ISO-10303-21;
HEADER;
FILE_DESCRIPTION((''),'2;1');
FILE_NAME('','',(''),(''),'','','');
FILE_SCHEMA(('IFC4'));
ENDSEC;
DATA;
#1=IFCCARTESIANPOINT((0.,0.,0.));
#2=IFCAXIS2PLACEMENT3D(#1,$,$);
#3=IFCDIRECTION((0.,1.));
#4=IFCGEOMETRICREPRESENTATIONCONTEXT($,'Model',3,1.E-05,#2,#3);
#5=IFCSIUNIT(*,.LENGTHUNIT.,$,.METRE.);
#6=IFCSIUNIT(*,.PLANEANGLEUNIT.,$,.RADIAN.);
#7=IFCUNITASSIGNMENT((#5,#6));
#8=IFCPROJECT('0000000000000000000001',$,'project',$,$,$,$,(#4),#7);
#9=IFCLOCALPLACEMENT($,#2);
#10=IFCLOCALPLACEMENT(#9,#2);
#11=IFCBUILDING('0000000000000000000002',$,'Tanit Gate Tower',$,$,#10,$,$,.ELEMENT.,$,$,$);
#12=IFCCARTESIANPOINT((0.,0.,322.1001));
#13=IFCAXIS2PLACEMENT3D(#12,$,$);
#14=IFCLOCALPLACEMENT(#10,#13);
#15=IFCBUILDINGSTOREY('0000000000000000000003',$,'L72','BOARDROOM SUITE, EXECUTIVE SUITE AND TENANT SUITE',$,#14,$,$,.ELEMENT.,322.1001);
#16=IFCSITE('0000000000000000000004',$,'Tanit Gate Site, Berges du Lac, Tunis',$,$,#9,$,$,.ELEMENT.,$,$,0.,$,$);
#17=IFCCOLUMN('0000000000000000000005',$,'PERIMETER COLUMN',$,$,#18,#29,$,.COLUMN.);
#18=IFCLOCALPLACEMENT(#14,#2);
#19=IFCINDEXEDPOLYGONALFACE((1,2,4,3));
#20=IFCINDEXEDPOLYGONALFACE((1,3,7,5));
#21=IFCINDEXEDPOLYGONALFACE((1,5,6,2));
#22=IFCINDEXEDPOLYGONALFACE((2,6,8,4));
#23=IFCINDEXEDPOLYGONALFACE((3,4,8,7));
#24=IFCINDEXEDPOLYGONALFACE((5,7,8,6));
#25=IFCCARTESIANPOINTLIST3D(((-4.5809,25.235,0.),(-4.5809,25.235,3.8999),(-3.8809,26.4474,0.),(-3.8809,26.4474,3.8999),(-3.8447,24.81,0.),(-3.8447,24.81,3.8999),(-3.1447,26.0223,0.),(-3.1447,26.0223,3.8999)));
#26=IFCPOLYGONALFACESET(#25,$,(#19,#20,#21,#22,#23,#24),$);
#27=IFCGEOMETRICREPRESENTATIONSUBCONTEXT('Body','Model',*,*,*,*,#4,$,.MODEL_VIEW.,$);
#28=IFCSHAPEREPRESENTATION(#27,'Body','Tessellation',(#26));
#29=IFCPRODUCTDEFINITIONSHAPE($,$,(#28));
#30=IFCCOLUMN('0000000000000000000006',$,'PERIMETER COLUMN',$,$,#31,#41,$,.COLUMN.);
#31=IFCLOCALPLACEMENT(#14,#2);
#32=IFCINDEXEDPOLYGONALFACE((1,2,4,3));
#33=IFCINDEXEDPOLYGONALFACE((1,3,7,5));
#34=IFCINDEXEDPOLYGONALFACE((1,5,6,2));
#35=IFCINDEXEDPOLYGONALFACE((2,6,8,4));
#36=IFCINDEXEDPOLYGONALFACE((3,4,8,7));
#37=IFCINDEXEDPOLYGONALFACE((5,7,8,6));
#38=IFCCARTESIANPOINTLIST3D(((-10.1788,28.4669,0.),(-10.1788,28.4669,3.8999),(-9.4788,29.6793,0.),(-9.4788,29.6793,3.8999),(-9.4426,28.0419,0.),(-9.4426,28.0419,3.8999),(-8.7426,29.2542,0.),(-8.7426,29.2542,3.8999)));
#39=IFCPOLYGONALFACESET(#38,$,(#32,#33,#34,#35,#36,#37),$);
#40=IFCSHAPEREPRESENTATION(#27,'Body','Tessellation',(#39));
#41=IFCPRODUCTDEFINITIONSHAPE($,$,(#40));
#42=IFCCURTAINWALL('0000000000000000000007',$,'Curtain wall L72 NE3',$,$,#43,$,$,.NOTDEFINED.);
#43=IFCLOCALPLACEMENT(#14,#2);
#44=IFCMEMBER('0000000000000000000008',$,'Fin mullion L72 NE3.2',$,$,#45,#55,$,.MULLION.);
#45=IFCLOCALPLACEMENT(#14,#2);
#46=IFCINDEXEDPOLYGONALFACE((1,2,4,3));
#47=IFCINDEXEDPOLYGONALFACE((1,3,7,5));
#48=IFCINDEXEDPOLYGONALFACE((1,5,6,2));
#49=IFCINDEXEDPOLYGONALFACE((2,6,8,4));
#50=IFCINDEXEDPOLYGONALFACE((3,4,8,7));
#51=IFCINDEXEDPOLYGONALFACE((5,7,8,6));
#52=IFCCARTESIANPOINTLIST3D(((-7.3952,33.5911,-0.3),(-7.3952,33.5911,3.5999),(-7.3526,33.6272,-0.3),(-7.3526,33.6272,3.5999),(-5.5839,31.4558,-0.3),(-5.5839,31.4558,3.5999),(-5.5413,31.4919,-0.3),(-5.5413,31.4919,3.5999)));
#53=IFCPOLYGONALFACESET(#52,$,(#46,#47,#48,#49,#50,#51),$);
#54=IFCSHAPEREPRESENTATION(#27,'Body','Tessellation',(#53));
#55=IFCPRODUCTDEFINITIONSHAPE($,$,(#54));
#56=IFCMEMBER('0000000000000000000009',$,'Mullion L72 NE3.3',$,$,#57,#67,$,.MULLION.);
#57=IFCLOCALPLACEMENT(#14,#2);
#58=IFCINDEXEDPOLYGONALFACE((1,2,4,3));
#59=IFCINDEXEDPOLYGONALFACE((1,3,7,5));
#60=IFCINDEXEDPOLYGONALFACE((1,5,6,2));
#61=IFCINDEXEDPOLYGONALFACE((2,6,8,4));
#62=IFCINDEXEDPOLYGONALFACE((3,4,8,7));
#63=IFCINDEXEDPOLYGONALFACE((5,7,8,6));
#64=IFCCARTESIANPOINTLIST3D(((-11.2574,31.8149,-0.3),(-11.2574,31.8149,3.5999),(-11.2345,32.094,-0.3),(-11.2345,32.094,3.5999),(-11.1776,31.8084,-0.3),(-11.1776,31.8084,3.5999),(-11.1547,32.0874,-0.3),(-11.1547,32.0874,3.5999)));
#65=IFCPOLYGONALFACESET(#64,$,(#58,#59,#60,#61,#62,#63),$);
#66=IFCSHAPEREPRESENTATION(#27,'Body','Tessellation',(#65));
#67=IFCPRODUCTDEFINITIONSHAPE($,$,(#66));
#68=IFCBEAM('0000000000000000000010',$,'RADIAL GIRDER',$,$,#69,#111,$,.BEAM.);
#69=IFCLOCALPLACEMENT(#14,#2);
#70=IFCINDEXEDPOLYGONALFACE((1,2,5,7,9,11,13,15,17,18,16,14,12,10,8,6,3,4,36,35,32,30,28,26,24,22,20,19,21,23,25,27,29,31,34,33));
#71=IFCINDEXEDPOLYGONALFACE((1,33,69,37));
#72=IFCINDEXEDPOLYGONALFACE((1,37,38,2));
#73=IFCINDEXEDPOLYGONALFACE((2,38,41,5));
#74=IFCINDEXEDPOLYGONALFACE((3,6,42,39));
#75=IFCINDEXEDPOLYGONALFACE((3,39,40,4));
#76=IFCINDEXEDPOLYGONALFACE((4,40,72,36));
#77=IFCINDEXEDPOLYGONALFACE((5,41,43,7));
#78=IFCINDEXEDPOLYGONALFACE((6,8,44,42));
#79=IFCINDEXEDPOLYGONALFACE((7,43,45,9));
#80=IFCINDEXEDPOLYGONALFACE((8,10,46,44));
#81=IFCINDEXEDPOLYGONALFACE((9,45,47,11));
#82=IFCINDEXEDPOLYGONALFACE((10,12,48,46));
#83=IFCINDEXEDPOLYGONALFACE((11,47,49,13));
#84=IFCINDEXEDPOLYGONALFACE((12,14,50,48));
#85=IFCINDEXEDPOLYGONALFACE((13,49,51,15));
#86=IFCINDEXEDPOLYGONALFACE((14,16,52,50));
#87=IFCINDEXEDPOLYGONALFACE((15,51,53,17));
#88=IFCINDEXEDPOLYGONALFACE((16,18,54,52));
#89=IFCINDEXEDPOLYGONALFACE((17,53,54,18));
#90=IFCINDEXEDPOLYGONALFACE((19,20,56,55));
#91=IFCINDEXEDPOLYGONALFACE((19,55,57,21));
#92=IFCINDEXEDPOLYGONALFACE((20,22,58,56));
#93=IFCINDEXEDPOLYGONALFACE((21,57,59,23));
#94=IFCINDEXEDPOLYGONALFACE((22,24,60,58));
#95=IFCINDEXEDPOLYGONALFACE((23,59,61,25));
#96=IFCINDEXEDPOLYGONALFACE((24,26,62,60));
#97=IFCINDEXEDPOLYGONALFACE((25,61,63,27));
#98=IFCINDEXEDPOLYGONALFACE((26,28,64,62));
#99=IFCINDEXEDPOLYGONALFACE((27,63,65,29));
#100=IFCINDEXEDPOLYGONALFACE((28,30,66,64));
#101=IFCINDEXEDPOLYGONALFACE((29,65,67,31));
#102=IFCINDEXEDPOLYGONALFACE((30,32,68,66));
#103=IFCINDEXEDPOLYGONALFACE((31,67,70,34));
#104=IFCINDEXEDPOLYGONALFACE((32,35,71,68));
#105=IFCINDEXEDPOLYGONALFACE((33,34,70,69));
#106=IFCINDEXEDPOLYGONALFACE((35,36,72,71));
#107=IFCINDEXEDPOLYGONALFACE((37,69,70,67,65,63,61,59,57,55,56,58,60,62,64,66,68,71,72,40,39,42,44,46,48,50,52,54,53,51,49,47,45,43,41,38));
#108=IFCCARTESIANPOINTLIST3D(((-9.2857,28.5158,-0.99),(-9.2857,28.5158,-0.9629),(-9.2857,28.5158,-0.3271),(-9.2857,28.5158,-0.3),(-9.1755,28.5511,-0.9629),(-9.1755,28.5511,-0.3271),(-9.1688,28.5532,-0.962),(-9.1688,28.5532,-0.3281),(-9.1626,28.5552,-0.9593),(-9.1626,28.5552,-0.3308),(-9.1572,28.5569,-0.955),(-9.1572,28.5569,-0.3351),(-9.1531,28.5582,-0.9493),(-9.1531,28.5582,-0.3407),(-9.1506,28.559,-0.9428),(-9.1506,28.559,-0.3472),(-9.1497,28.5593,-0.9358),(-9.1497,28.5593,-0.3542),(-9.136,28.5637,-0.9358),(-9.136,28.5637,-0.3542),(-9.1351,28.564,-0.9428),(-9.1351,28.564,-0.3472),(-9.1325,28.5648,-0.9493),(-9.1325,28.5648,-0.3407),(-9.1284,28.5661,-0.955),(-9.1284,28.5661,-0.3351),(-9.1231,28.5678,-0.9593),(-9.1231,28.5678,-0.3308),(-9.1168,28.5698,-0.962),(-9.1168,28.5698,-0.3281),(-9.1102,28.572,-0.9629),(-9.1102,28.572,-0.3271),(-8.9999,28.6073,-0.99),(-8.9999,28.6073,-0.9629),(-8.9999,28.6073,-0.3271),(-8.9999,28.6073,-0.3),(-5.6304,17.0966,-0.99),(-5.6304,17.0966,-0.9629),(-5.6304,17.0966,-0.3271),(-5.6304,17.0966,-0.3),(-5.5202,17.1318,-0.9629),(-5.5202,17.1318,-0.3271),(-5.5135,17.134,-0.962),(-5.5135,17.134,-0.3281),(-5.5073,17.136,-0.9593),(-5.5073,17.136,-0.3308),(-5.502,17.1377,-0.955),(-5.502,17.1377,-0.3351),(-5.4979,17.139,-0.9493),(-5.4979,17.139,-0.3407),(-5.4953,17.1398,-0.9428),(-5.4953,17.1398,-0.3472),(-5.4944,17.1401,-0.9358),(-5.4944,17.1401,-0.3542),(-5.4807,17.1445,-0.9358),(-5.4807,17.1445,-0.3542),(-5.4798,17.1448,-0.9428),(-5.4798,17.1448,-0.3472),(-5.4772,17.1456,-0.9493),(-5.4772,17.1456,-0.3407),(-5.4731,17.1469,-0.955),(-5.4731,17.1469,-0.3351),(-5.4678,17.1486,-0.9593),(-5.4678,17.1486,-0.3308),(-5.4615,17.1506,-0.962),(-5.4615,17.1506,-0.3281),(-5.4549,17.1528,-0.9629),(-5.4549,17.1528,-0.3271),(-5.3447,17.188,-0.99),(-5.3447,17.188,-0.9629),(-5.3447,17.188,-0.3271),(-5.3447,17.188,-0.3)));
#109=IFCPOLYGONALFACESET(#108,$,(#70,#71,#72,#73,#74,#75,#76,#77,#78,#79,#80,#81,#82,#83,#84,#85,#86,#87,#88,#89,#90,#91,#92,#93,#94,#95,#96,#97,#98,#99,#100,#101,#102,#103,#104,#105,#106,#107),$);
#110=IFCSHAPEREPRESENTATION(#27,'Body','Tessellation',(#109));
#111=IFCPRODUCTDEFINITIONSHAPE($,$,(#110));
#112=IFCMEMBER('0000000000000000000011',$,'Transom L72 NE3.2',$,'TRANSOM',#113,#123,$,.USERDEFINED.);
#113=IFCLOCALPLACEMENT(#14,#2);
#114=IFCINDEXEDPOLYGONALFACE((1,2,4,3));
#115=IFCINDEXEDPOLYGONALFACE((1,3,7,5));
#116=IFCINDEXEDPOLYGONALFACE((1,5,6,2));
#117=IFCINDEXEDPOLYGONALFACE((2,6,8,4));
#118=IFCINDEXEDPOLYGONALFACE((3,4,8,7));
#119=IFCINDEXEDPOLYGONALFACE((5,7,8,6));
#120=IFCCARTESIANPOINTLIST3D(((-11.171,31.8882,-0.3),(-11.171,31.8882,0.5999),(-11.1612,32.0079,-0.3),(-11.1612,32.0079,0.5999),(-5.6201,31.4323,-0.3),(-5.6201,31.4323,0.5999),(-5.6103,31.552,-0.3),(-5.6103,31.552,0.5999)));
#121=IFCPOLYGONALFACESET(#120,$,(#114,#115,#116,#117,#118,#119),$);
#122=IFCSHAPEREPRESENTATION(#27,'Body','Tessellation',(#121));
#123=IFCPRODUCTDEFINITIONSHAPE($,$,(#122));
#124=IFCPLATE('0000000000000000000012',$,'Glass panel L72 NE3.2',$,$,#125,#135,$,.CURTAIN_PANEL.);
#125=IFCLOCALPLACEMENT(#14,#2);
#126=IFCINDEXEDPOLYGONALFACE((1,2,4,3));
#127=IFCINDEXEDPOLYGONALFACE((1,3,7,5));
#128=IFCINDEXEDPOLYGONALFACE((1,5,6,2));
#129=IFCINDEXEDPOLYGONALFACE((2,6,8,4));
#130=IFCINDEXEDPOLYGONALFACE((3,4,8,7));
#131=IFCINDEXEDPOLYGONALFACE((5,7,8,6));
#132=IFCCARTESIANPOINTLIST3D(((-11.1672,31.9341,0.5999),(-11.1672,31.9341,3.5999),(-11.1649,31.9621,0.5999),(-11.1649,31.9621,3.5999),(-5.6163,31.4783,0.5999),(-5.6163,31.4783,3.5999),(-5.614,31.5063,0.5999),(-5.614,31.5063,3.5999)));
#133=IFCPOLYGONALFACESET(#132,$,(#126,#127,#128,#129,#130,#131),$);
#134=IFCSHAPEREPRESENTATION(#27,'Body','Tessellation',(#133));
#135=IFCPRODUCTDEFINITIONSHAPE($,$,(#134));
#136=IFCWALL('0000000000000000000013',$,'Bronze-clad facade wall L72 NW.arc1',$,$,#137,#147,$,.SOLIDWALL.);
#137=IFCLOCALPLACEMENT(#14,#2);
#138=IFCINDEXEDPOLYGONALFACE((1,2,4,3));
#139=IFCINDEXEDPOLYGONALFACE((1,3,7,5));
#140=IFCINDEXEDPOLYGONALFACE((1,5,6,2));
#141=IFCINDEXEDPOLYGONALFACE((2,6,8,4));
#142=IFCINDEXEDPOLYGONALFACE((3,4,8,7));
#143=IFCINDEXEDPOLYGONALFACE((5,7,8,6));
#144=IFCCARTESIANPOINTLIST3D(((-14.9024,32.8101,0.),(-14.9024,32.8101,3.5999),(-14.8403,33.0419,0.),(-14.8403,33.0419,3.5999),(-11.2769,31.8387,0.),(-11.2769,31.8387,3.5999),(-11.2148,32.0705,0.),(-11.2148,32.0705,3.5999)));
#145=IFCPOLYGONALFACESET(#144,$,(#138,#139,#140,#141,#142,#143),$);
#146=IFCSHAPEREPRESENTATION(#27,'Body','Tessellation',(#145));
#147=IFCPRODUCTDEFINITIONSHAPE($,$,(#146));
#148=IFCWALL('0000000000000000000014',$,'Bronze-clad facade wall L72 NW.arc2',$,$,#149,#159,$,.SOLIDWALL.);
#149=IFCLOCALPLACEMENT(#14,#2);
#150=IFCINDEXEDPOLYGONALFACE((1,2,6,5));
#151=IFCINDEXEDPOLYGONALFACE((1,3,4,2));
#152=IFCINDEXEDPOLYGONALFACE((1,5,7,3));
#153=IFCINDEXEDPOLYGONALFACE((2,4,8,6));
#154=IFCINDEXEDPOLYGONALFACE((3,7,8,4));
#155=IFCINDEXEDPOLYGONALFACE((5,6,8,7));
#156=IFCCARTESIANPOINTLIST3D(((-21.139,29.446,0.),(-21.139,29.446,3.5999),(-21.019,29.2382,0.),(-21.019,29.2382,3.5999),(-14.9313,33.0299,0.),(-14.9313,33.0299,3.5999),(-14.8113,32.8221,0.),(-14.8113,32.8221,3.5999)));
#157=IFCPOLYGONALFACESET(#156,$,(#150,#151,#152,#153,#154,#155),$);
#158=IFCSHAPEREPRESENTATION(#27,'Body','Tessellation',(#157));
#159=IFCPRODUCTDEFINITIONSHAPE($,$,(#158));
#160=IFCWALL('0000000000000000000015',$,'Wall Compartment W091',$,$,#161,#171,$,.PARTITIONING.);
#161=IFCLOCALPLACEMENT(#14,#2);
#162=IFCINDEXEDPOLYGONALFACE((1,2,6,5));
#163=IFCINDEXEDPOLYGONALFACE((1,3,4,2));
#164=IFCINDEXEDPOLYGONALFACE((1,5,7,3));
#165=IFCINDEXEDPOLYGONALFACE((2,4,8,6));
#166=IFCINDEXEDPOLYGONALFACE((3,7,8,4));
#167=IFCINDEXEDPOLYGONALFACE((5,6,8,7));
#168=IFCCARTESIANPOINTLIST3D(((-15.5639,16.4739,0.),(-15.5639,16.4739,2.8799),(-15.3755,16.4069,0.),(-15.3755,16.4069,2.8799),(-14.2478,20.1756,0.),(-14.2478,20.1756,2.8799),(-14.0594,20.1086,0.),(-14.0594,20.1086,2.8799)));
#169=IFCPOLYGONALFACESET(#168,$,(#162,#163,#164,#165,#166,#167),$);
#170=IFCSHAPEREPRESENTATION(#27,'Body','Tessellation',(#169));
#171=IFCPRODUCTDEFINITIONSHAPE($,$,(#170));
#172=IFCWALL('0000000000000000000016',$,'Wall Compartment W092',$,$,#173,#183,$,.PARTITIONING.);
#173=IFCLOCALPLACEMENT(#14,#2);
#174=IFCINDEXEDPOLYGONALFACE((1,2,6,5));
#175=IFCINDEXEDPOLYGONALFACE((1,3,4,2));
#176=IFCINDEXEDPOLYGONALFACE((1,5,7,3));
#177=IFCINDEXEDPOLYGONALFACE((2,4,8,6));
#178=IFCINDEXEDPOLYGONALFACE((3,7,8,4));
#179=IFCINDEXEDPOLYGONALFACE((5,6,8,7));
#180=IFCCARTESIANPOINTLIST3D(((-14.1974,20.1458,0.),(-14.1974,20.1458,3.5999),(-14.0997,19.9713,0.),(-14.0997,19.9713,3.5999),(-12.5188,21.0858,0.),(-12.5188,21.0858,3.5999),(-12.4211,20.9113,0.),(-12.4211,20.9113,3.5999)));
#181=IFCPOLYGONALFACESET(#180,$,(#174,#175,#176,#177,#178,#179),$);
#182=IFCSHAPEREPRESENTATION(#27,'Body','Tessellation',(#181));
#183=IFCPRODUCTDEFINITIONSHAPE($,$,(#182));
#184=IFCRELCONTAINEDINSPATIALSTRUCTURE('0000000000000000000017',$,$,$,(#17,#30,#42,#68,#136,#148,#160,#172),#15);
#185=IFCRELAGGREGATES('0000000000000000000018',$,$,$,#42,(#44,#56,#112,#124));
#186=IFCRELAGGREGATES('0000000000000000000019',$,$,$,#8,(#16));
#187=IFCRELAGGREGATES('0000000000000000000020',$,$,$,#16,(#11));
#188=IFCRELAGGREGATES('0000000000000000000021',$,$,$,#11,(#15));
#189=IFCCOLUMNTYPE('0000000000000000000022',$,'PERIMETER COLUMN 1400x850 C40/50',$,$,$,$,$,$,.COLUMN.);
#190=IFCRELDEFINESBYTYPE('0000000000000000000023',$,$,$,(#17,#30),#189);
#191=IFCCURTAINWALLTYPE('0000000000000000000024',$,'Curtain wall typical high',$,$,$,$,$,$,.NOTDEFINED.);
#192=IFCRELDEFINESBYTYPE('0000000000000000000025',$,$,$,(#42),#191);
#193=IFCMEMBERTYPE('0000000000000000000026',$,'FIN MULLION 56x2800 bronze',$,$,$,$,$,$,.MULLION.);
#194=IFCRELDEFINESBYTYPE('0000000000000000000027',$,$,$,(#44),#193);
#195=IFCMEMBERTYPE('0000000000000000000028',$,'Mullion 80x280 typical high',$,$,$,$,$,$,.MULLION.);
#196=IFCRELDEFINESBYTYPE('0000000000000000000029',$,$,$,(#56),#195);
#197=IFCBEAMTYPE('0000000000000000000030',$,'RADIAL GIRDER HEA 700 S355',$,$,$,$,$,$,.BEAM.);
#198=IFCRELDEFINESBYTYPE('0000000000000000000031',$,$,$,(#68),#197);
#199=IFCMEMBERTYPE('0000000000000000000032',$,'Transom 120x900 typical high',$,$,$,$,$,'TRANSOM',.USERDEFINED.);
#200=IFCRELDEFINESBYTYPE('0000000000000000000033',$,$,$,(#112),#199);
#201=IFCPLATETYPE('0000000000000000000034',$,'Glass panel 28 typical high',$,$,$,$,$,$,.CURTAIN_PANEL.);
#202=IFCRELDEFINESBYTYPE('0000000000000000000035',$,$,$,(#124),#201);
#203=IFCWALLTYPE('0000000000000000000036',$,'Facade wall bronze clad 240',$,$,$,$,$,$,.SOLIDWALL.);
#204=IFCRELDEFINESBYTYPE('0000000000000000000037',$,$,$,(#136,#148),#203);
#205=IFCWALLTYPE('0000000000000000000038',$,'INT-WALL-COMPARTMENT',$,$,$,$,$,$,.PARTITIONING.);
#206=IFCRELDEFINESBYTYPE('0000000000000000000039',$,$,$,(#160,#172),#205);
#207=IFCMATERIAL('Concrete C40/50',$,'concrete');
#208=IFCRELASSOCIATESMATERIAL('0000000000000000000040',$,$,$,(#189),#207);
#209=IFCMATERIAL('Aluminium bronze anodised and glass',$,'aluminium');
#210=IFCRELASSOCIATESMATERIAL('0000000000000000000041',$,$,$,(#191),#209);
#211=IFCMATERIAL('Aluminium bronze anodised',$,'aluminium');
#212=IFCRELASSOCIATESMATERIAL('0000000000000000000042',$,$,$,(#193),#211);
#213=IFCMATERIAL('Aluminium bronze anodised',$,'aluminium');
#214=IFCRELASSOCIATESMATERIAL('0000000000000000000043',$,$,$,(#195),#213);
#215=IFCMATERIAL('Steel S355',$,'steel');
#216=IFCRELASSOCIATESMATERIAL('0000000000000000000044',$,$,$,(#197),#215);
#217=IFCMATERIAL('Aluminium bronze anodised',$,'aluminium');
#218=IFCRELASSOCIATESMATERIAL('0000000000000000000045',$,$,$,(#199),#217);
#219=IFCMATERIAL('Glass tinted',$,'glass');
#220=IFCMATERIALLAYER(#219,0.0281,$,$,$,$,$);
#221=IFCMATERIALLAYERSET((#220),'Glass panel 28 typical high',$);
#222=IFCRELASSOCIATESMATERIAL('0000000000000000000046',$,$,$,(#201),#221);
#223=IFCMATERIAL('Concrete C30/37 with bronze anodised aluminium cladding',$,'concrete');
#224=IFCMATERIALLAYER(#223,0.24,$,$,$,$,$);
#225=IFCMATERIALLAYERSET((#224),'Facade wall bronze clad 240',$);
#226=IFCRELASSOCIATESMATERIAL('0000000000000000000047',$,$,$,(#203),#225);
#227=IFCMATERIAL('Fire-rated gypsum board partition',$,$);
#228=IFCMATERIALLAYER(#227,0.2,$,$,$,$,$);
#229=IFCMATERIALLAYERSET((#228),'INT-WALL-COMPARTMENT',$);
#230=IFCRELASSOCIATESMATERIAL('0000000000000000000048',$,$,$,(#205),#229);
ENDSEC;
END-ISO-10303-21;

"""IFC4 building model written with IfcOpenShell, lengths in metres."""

from ifc_helpers import new_model, si_unit, direction, frame, frame_2d, origin, origin_2d, place, context, subcontext, project, spatial, rectangle, i_section, extrude, material, layer, layer_set, material_profile, profile_set, type_object, element, aggregate, save


model = new_model("IFC4")

# Units and contexts
model_context = context("Model", 3, precision=1e-05, world=origin(), true_north=direction((0.0, 1.0)))
body_context = subcontext(model_context, "Body", "Model", "MODEL_VIEW")
ifc_project = project(units=[si_unit("LENGTHUNIT", "METRE"), si_unit("PLANEANGLEUNIT", "RADIAN")], contexts=[model_context])

# Site, building, storey
site_placement = place(None, origin())
site = spatial("IfcSite", under=ifc_project, at=site_placement, Name="Tanit Gate Site, Berges du Lac, Tunis", CompositionType="ELEMENT", RefElevation=0.0)
building_placement = place(site_placement, origin())
building = spatial("IfcBuilding", under=site, at=building_placement, Name="Tanit Gate Tower", CompositionType="ELEMENT")
storey_placement = place(building_placement, frame((0.0, 0.0, 322.1001)))
storey = spatial("IfcBuildingStorey", under=building, at=storey_placement, Name="L72", Description="BOARDROOM SUITE, EXECUTIVE SUITE AND TENANT SUITE", CompositionType="ELEMENT", Elevation=322.1001)

# Columns
ifc_material_1 = material(Name="Concrete C40/50", Category="concrete")
ifc_material_profile_1 = material_profile(ifc_material_1, rectangle(XDim=1.3999, YDim=0.8501, at=origin_2d()), Name="RC 1400x850")
ifc_profile_set_1 = profile_set([ifc_material_profile_1], Name="Concrete C40/50")
column_type = type_object("IfcColumnType", Name="PERIMETER COLUMN 1400x850 C40/50", PredefinedType="COLUMN", material=ifc_profile_set_1)
for number, where, z_axis, x_axis, name in (
    (1, (-3.8628, 25.6287, 0.0), (0.0, 0.0, 1.0), (0.5, 0.866025, 0.0), "PERIMETER COLUMN"),
    (2, (-9.4607, 28.8606, 0.0), (0.0, 0.0, 1.0), (0.5, 0.866025, 0.0), "PERIMETER COLUMN"),
):
    element("IfcColumn", number, at=place(storey_placement, frame(where, z_axis=z_axis, x_axis=x_axis)), inside=storey, type_object=column_type, Name=name, PredefinedType="COLUMN", context=body_context, shape_type="SweptSolid", body=[
        extrude(rectangle(XDim=1.3999, YDim=0.8501, at=origin_2d()), origin(), (0.0, 0.0, 1.0), 3.8999),
    ])

# Curtain wall, members
ifc_material_2 = material(Name="Aluminium bronze anodised and glass", Category="aluminium")
curtain_wall_type = type_object("IfcCurtainWallType", Name="Curtain wall typical high", PredefinedType="NOTDEFINED", material=ifc_material_2)
curtain_wall_placement = place(storey_placement, origin())
curtain_wall = element("IfcCurtainWall", 3, at=curtain_wall_placement, inside=storey, type_object=curtain_wall_type, Name="Curtain wall L72 NE3", PredefinedType="NOTDEFINED")
ifc_material_3 = material(Name="Aluminium bronze anodised", Category="aluminium")
ifc_material_profile_2 = material_profile(ifc_material_3, rectangle(XDim=2.8, YDim=0.0559, at=origin_2d()), Name="56x2800 bronze fin mullion")
ifc_profile_set_2 = profile_set([ifc_material_profile_2], Name="Aluminium bronze anodised")
member_type_1 = type_object("IfcMemberType", Name="FIN MULLION 56x2800 bronze", PredefinedType="MULLION", material=ifc_profile_set_2)
member_1_placement = place(storey_placement, frame((-6.4683, 32.5415, -0.3), z_axis=(0.0, 0.0, 1.0), x_axis=(0.646873, -0.762598, 0.0)))
member_1 = element("IfcMember", 4, at=member_1_placement, type_object=member_type_1, Name="Fin mullion L72 NE3.2", PredefinedType="MULLION", context=body_context, shape_type="SweptSolid", body=[
    extrude(rectangle(XDim=2.8, YDim=0.0559, at=origin_2d()), origin(), (0.0, 0.0, 1.0), 3.8999),
])
ifc_material_4 = material(Name="Aluminium bronze anodised", Category="aluminium")
ifc_material_profile_3 = material_profile(ifc_material_4, rectangle(XDim=0.28, YDim=0.0801, at=origin_2d()), Name="80x280 bronze mullion")
ifc_profile_set_3 = profile_set([ifc_material_profile_3], Name="Aluminium bronze anodised")
member_type_2 = type_object("IfcMemberType", Name="Mullion 80x280 typical high", PredefinedType="MULLION", material=ifc_profile_set_3)
member_2_placement = place(storey_placement, frame((-11.2061, 31.9512, -0.3), z_axis=(0.0, 0.0, 1.0), x_axis=(-0.08183, -0.996646, 0.0)))
member_2 = element("IfcMember", 5, at=member_2_placement, type_object=member_type_2, Name="Mullion L72 NE3.3", PredefinedType="MULLION", context=body_context, shape_type="SweptSolid", body=[
    extrude(rectangle(XDim=0.28, YDim=0.0801, at=origin_2d()), origin(), (0.0, 0.0, 1.0), 3.8999),
])

# Beam
ifc_material_5 = material(Name="Steel S355", Category="steel")
ifc_material_profile_4 = material_profile(ifc_material_5, i_section(OverallWidth=0.3, OverallDepth=0.6899, WebThickness=0.0144, FlangeThickness=0.0271, FilletRadius=0.0271, at=origin_2d()), Name="HEA 700")
ifc_profile_set_4 = profile_set([ifc_material_profile_4], Name="Steel S355")
beam_type = type_object("IfcBeamType", Name="RADIAL GIRDER HEA 700 S355", PredefinedType="BEAM", material=ifc_profile_set_4)
beam_placement = place(storey_placement, frame((-9.1428, 28.5615, -0.645), z_axis=(0.304861, -0.952397, 0.0), x_axis=(0.952397, 0.304861, 0.0)))
element("IfcBeam", 6, at=beam_placement, inside=storey, type_object=beam_type, Name="RADIAL GIRDER", PredefinedType="BEAM", context=body_context, shape_type="SweptSolid", body=[
    extrude(i_section(OverallWidth=0.3, OverallDepth=0.6899, WebThickness=0.0144, FlangeThickness=0.0271, FilletRadius=0.0271, at=origin_2d()), origin(), (0.0, 0.0, 1.0), 11.99),
])

# Member
ifc_material_6 = material(Name="Aluminium bronze anodised", Category="aluminium")
ifc_material_profile_5 = material_profile(ifc_material_6, rectangle(XDim=0.1201, YDim=0.8999, at=origin_2d()), Name="120x900 bronze transom")
ifc_profile_set_5 = profile_set([ifc_material_profile_5], Name="Aluminium bronze anodised")
member_type_3 = type_object("IfcMemberType", Name="Transom 120x900 typical high", ElementType="TRANSOM", PredefinedType="USERDEFINED", material=ifc_profile_set_5)
member_3_placement = place(storey_placement, frame((-5.6152, 31.4922, 0.1499), z_axis=(-0.996645, 0.081841, 0.0), x_axis=(-0.081841, -0.996645, 0.0)))
member_3 = element("IfcMember", 7, at=member_3_placement, type_object=member_type_3, Name="Transom L72 NE3.2", ObjectType="TRANSOM", PredefinedType="USERDEFINED", context=body_context, shape_type="SweptSolid", body=[
    extrude(rectangle(XDim=0.1201, YDim=0.8999, at=origin_2d()), origin(), (0.0, 0.0, 1.0), 5.5696),
])

# Plate
ifc_material_7 = material(Name="Glass tinted", Category="glass")
ifc_layer_1 = layer(ifc_material_7, 0.0281)
ifc_layer_set_1 = layer_set([ifc_layer_1], Name="Glass panel 28 typical high")
plate_type = type_object("IfcPlateType", Name="Glass panel 28 typical high", PredefinedType="CURTAIN_PANEL", material=ifc_layer_set_1)
plate_placement = place(storey_placement, frame((-8.3906, 31.7202, 0.5999), z_axis=(0.0, 0.0, 1.0), x_axis=(-0.996646, 0.08183, 0.0)))
plate = element("IfcPlate", 8, at=plate_placement, type_object=plate_type, Name="Glass panel L72 NE3.2", PredefinedType="CURTAIN_PANEL", context=body_context, shape_type="SweptSolid", body=[
    extrude(rectangle(XDim=5.5696, YDim=0.0281, at=origin_2d()), origin(), (0.0, 0.0, 1.0), 3.0),
])
aggregate(curtain_wall, [member_1, member_2, member_3, plate])

# Walls
ifc_material_8 = material(Name="Concrete C30/37 with bronze anodised aluminium cladding", Category="concrete")
ifc_layer_2 = layer(ifc_material_8, 0.24)
ifc_layer_set_2 = layer_set([ifc_layer_2], Name="Facade wall bronze clad 240")
wall_type_1 = type_object("IfcWallType", Name="Facade wall bronze clad 240", PredefinedType="SOLIDWALL", material=ifc_layer_set_2)
wall_1_placement = place(storey_placement, frame((-11.2458, 31.9546, 0.0), z_axis=(0.0, 0.0, 1.0), x_axis=(-0.965927, 0.258816, 0.0)))
element("IfcWall", 9, at=wall_1_placement, inside=storey, type_object=wall_type_1, Name="Bronze-clad facade wall L72 NW.arc1", PredefinedType="SOLIDWALL", context=body_context, shape_type="SweptSolid", body=[
    extrude(rectangle(XDim=3.7534, YDim=0.24, at=frame_2d((1.8767, 0.0))), origin(), (0.0, 0.0, 1.0), 3.5999),
])
wall_2_placement = place(storey_placement, frame((-14.8713, 32.926, 0.0), z_axis=(0.0, 0.0, 1.0), x_axis=(-0.86603, -0.499993, 0.0)))
element("IfcWall", 10, at=wall_2_placement, inside=storey, type_object=wall_type_1, Name="Bronze-clad facade wall L72 NW.arc2", PredefinedType="SOLIDWALL", context=body_context, shape_type="SweptSolid", body=[
    extrude(rectangle(XDim=7.168, YDim=0.24, at=frame_2d((3.584, 0.0))), origin(), (0.0, 0.0, 1.0), 3.5999),
])
ifc_material_9 = material(Name="Fire-rated gypsum board partition")
ifc_layer_3 = layer(ifc_material_9, 0.2)
ifc_layer_set_3 = layer_set([ifc_layer_3], Name="INT-WALL-COMPARTMENT")
wall_type_2 = type_object("IfcWallType", Name="INT-WALL-COMPARTMENT", PredefinedType="PARTITIONING", material=ifc_layer_set_3)
wall_3_placement = place(storey_placement, frame((-14.1536, 20.1421, 0.0), z_axis=(0.0, 0.0, 1.0), x_axis=(-0.335013, -0.942213, 0.0)))
element("IfcWall", 11, at=wall_3_placement, inside=storey, type_object=wall_type_2, Name="Wall Compartment W091", PredefinedType="PARTITIONING", context=body_context, shape_type="SweptSolid", body=[
    extrude(rectangle(XDim=3.9287, YDim=0.2, at=frame_2d((1.9644, 0.0))), origin(), (0.0, 0.0, 1.0), 2.8799),
])
wall_4_placement = place(storey_placement, frame((-12.47, 20.9985, 0.0), z_axis=(0.0, 0.0, 1.0), x_axis=(-0.872506, -0.488603, 0.0)))
element("IfcWall", 12, at=wall_4_placement, inside=storey, type_object=wall_type_2, Name="Wall Compartment W092", PredefinedType="PARTITIONING", context=body_context, shape_type="SweptSolid", body=[
    extrude(rectangle(XDim=1.9238, YDim=0.2, at=frame_2d((0.9619, 0.0))), origin(), (0.0, 0.0, 1.0), 3.5999),
])

save(model, "model.ifc")
